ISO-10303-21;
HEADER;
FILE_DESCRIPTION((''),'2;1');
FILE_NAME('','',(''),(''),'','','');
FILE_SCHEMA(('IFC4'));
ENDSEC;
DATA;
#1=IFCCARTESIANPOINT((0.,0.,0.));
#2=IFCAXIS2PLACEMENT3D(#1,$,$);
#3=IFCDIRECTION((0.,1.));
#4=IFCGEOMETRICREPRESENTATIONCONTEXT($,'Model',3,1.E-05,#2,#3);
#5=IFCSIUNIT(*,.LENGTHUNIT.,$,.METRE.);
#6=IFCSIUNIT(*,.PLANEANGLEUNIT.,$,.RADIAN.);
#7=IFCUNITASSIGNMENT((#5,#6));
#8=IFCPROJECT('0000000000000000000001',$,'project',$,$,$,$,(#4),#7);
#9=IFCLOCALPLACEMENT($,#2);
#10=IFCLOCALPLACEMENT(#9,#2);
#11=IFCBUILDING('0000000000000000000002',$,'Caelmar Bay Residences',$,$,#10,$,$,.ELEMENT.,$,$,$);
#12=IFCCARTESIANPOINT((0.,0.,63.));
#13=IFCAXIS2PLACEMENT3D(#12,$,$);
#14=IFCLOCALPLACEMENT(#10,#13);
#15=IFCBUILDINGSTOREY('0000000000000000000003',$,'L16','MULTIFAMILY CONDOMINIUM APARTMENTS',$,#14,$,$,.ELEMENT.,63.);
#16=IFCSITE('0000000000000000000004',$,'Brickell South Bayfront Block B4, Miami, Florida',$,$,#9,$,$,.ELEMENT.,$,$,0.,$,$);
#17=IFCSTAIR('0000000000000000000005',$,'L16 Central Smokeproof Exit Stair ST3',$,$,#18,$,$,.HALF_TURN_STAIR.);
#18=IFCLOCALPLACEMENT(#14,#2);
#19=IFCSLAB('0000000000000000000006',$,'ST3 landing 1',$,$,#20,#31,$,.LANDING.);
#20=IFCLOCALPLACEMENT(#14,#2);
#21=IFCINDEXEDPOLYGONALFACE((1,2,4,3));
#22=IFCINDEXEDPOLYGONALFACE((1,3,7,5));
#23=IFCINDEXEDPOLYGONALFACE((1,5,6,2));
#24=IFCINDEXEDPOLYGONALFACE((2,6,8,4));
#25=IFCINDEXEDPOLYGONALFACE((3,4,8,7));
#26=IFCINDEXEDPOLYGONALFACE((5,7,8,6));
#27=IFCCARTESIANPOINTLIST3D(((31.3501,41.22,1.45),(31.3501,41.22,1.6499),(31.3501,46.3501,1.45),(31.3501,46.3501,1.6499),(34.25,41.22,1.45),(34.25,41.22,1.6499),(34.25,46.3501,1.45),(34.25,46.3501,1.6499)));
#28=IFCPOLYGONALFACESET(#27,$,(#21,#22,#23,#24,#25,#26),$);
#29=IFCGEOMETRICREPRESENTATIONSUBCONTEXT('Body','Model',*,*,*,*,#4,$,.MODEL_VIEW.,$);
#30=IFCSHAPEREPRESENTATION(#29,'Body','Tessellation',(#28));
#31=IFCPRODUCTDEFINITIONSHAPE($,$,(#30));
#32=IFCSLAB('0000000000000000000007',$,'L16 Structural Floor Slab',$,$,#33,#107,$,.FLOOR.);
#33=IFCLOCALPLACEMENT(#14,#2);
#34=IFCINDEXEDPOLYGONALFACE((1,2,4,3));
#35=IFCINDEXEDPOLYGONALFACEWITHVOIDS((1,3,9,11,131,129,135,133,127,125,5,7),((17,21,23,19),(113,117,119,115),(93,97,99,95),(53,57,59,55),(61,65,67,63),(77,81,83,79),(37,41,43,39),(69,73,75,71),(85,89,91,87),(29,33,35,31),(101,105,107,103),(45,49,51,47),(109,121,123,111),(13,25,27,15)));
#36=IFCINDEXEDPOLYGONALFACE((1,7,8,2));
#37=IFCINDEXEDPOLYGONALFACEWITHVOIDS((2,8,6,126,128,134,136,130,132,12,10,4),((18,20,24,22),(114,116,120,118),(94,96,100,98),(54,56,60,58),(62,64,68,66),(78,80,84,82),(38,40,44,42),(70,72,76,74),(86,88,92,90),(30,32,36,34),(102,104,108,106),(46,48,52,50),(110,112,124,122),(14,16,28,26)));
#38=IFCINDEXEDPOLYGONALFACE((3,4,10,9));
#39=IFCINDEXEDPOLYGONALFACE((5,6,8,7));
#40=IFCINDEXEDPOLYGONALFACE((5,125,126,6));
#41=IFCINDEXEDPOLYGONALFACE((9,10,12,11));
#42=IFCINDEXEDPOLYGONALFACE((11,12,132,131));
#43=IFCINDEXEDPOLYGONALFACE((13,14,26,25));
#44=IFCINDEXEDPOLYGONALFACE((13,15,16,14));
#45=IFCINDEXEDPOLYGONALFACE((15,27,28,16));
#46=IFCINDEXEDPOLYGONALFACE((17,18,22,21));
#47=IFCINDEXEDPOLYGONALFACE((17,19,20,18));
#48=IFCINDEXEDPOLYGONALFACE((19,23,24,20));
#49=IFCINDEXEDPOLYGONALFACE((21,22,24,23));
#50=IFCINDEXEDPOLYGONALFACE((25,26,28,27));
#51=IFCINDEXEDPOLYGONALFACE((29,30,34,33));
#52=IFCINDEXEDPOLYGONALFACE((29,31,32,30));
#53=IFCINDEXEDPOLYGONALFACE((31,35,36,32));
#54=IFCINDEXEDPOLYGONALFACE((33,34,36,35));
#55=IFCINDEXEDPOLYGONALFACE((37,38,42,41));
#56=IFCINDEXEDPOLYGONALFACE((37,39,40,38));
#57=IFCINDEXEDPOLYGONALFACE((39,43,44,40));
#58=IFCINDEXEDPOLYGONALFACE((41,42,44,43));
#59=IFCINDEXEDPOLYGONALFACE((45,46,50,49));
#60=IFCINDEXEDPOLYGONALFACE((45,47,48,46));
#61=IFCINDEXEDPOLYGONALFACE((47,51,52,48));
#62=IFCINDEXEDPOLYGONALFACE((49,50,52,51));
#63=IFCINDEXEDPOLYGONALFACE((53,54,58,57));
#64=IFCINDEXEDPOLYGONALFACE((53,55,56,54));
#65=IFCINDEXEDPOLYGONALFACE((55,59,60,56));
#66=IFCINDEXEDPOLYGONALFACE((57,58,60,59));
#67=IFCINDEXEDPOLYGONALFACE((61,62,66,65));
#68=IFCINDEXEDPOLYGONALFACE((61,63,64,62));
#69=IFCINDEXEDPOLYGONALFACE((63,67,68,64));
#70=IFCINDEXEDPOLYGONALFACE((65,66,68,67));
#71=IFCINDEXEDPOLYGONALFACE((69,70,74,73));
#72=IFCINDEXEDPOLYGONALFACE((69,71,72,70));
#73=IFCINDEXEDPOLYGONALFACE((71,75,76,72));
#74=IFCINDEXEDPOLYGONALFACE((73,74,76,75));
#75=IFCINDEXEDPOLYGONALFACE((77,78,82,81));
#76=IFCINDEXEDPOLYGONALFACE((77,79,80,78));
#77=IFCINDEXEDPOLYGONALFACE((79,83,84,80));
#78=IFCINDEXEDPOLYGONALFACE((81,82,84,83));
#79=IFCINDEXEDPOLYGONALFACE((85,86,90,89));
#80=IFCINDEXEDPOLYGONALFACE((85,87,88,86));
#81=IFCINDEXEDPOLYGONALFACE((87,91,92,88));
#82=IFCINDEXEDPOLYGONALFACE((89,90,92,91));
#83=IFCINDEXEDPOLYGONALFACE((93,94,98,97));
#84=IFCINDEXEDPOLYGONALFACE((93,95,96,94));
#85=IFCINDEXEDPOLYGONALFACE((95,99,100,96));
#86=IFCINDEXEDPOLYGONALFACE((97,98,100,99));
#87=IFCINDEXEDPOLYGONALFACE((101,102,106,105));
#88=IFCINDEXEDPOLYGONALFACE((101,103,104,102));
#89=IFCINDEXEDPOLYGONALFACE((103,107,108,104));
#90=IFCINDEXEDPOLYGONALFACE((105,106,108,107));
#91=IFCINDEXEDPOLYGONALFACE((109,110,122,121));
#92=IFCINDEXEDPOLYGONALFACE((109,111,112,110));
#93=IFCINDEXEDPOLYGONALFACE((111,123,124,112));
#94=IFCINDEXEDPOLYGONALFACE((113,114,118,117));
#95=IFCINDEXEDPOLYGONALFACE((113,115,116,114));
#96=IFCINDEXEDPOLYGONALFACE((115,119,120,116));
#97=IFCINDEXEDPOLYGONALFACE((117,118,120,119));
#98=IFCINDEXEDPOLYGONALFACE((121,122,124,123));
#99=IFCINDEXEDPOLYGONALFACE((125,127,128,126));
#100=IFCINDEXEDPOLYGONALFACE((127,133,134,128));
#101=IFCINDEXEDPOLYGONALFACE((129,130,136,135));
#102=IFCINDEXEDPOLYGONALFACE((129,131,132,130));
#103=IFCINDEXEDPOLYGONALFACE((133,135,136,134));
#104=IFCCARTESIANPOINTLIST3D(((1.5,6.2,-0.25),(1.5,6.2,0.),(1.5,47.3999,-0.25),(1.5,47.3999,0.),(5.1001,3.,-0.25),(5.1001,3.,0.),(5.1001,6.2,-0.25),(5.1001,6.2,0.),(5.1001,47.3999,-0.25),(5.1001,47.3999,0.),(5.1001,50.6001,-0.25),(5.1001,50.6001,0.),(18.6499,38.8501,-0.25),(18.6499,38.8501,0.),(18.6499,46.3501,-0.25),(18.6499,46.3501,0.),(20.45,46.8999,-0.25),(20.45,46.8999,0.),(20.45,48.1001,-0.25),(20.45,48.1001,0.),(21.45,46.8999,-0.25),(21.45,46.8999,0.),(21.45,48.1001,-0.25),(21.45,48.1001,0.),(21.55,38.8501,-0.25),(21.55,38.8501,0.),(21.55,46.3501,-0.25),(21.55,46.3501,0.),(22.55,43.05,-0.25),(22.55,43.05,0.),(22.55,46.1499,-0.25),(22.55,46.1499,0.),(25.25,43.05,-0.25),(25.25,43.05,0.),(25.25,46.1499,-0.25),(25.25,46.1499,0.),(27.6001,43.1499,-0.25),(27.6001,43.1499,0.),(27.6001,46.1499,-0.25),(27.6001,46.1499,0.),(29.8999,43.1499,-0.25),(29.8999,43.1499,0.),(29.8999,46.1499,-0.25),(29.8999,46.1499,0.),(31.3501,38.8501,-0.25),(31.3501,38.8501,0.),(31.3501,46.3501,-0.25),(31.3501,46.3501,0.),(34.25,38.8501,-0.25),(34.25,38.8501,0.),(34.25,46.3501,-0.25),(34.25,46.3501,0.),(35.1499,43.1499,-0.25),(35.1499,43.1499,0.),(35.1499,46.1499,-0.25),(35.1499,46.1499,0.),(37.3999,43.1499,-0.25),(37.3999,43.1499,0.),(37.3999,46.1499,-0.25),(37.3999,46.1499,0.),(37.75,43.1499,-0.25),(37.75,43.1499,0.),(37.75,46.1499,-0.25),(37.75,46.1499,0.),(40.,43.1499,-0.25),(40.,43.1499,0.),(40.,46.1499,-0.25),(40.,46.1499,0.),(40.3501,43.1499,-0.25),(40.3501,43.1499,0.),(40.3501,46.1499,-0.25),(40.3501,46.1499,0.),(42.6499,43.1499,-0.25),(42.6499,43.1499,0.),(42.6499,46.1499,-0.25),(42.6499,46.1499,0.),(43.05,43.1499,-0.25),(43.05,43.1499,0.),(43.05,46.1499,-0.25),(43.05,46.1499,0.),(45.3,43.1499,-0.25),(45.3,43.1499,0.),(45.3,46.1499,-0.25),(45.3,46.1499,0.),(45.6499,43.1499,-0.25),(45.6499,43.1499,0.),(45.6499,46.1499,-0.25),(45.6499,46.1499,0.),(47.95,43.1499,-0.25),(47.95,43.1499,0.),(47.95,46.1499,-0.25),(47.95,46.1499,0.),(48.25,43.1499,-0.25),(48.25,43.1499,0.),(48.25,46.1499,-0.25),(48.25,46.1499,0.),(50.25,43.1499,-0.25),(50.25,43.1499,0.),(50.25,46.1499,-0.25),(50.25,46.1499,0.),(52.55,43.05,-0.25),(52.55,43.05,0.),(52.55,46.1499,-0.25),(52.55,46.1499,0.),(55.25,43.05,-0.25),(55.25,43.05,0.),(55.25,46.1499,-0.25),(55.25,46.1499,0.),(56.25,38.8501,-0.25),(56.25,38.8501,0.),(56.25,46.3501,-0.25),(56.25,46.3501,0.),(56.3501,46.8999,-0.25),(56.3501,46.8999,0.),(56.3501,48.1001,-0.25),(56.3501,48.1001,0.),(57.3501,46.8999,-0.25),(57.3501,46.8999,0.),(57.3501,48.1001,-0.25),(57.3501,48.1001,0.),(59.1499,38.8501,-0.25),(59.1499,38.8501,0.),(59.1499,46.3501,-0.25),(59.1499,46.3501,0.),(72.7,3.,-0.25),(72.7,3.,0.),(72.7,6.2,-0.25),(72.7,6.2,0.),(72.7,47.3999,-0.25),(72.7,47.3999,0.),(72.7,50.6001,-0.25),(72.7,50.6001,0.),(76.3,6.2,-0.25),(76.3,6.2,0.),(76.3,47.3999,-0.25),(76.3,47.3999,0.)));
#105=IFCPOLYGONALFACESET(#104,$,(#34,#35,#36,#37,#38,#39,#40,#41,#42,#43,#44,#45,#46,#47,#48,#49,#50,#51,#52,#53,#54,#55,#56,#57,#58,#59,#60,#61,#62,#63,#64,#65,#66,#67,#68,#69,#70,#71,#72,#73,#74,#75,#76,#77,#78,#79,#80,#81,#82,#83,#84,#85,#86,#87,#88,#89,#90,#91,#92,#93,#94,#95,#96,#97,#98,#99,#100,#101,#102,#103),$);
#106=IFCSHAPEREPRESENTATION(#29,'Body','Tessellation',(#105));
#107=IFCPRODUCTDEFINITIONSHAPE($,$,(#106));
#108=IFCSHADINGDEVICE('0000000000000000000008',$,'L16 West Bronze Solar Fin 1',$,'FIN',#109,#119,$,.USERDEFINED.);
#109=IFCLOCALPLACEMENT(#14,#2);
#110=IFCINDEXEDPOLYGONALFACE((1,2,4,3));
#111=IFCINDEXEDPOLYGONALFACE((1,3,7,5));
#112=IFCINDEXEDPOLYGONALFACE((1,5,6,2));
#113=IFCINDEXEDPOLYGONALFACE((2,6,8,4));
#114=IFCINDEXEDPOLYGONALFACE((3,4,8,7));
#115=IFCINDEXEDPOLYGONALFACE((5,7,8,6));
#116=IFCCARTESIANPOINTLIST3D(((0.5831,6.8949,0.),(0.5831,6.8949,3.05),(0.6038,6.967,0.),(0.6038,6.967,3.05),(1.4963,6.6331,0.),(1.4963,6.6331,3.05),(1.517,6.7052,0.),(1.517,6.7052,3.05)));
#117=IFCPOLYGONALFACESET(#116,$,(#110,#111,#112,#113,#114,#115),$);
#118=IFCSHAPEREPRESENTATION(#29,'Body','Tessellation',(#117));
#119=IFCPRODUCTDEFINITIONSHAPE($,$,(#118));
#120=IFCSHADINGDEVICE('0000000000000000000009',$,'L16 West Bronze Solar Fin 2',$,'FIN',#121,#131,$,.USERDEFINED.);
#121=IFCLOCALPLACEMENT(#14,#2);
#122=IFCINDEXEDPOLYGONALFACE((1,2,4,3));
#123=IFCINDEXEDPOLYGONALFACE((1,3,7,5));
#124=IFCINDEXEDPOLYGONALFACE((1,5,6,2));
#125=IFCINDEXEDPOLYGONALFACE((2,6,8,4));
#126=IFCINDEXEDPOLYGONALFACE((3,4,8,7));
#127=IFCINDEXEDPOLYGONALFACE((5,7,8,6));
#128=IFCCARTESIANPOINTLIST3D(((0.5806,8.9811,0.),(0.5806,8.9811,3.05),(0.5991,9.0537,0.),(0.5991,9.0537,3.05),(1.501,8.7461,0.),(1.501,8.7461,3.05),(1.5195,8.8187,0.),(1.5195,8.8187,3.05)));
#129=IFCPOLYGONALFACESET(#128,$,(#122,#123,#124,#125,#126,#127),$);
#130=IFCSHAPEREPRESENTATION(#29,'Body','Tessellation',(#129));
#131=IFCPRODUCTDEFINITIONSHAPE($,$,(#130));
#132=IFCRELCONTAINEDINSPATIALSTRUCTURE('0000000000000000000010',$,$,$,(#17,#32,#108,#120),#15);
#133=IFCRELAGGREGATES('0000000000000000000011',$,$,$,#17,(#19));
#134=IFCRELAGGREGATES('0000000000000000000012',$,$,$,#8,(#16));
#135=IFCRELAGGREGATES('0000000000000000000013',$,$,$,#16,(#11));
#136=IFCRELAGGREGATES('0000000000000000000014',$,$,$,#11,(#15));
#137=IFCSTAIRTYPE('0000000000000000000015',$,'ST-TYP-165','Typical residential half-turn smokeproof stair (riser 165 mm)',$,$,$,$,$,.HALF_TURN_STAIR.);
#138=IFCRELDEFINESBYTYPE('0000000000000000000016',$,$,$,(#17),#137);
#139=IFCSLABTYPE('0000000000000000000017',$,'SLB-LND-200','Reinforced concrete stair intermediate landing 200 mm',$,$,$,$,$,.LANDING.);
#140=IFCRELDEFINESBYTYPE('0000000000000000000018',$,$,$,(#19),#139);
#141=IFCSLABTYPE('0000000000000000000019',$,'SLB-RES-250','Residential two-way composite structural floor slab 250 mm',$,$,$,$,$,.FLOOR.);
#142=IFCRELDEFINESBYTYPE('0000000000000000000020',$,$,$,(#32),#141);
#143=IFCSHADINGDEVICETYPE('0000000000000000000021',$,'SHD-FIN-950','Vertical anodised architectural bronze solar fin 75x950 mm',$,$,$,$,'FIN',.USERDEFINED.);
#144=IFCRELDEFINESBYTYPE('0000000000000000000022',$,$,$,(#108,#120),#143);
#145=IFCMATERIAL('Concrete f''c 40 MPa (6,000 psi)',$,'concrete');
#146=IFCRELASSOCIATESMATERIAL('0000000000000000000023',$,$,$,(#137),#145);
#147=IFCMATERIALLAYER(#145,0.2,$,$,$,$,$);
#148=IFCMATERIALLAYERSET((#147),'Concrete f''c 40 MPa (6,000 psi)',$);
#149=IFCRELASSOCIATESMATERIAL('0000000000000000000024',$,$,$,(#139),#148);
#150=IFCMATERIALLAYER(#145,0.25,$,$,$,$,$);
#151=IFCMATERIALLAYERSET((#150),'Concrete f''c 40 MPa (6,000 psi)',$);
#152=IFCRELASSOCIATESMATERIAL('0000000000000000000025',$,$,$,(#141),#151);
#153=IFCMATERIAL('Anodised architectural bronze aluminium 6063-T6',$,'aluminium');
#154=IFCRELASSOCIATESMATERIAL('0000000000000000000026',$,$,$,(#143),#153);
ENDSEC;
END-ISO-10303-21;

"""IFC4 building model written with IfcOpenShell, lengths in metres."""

from ifc_helpers import new_model, si_unit, direction, frame, origin, origin_2d, place, context, subcontext, project, spatial, polyline, rectangle, outline, extrude, material, layer, layer_set, material_profile, profile_set, type_object, element, aggregate, save


model = new_model("IFC4")

# Units and contexts
model_context = context("Model", 3, precision=1e-05, world=origin(), true_north=direction((0.0, 1.0)))
body_context = subcontext(model_context, "Body", "Model", "MODEL_VIEW")
ifc_project = project(units=[si_unit("LENGTHUNIT", "METRE"), si_unit("PLANEANGLEUNIT", "RADIAN")], contexts=[model_context])

# Site, building, storey
site_placement = place(None, origin())
site = spatial("IfcSite", under=ifc_project, at=site_placement, Name="Brickell South Bayfront Block B4, Miami, Florida", CompositionType="ELEMENT", RefElevation=0.0)
building_placement = place(site_placement, origin())
building = spatial("IfcBuilding", under=site, at=building_placement, Name="Caelmar Bay Residences", CompositionType="ELEMENT")
storey_placement = place(building_placement, frame((0.0, 0.0, 63.0)))
storey = spatial("IfcBuildingStorey", under=building, at=storey_placement, Name="L16", Description="MULTIFAMILY CONDOMINIUM APARTMENTS", CompositionType="ELEMENT", Elevation=63.0)

# Shared definitions
ifc_material_1 = material(Name="Concrete f'c 40 MPa (6,000 psi)", Category="concrete")

# Stair, slab
stair_type = type_object("IfcStairType", Name="ST-TYP-165", Description="Typical residential half-turn smokeproof stair (riser 165 mm)", PredefinedType="HALF_TURN_STAIR", material=ifc_material_1)
ifc_layer_1 = layer(ifc_material_1, 0.2)
ifc_layer_set_1 = layer_set([ifc_layer_1], Name="Concrete f'c 40 MPa (6,000 psi)")
slab_type_1 = type_object("IfcSlabType", Name="SLB-LND-200", Description="Reinforced concrete stair intermediate landing 200 mm", PredefinedType="LANDING", material=ifc_layer_set_1)
stair_1_placement = place(storey_placement, origin())
stair_1 = element("IfcStair", 1, at=stair_1_placement, inside=storey, type_object=stair_type, Name="L16 Central Smokeproof Exit Stair ST3", PredefinedType="HALF_TURN_STAIR")
slab_1_placement = place(storey_placement, frame((0.0, 0.0, 1.45)))
slab_1 = element("IfcSlab", 2, at=slab_1_placement, type_object=slab_type_1, Name="ST3 landing 1", PredefinedType="LANDING", context=body_context, shape_type="SweptSolid", body=[
    extrude(outline(polyline([(34.25, 41.22), (34.25, 46.3501), (31.3501, 46.3501), (31.3501, 41.22), (34.25, 41.22)])), origin(), (0.0, 0.0, 1.0), 0.2),
])
aggregate(stair_1, [slab_1])

# Slab
ifc_layer_2 = layer(ifc_material_1, 0.25)
ifc_layer_set_2 = layer_set([ifc_layer_2], Name="Concrete f'c 40 MPa (6,000 psi)")
slab_type_2 = type_object("IfcSlabType", Name="SLB-RES-250", Description="Residential two-way composite structural floor slab 250 mm", PredefinedType="FLOOR", material=ifc_layer_set_2)
slab_2_placement = place(storey_placement, frame((0.0, 0.0, -0.25)))
element("IfcSlab", 3, at=slab_2_placement, inside=storey, type_object=slab_type_2, Name="L16 Structural Floor Slab", PredefinedType="FLOOR", context=body_context, shape_type="SweptSolid", body=[
    extrude(outline(polyline([(5.1001, 3.0), (72.7, 3.0), (72.7, 6.2), (76.3, 6.2), (76.3, 47.3999), (72.7, 47.3999), (72.7, 50.6001), (5.1001, 50.6001), (5.1001, 47.3999), (1.5, 47.3999), (1.5, 6.2), (5.1001, 6.2), (5.1001, 3.0)]), holes=[polyline([(18.6499, 38.8501), (21.55, 38.8501), (21.55, 46.3501), (18.6499, 46.3501), (18.6499, 38.8501)]), polyline([(56.25, 38.8501), (59.1499, 38.8501), (59.1499, 46.3501), (56.25, 46.3501), (56.25, 38.8501)]), polyline([(31.3501, 38.8501), (34.25, 38.8501), (34.25, 46.3501), (31.3501, 46.3501), (31.3501, 38.8501)]), polyline([(22.55, 43.05), (25.25, 43.05), (25.25, 46.1499), (22.55, 46.1499), (22.55, 43.05)]), polyline([(52.55, 43.05), (55.25, 43.05), (55.25, 46.1499), (52.55, 46.1499), (52.55, 43.05)]), polyline([(35.1499, 43.1499), (37.3999, 43.1499), (37.3999, 46.1499), (35.1499, 46.1499), (35.1499, 43.1499)]), polyline([(37.75, 43.1499), (40.0, 43.1499), (40.0, 46.1499), (37.75, 46.1499), (37.75, 43.1499)]), polyline([(40.3501, 43.1499), (42.6499, 43.1499), (42.6499, 46.1499), (40.3501, 46.1499), (40.3501, 43.1499)]), polyline([(43.05, 43.1499), (45.3, 43.1499), (45.3, 46.1499), (43.05, 46.1499), (43.05, 43.1499)]), polyline([(45.6499, 43.1499), (47.95, 43.1499), (47.95, 46.1499), (45.6499, 46.1499), (45.6499, 43.1499)]), polyline([(48.25, 43.1499), (50.25, 43.1499), (50.25, 46.1499), (48.25, 46.1499), (48.25, 43.1499)]), polyline([(27.6001, 43.1499), (29.8999, 43.1499), (29.8999, 46.1499), (27.6001, 46.1499), (27.6001, 43.1499)]), polyline([(20.45, 46.8999), (21.45, 46.8999), (21.45, 48.1001), (20.45, 48.1001), (20.45, 46.8999)]), polyline([(56.3501, 46.8999), (57.3501, 46.8999), (57.3501, 48.1001), (56.3501, 48.1001), (56.3501, 46.8999)])]), origin(), (0.0, 0.0, 1.0), 0.25),
])

# Shading devices
ifc_material_2 = material(Name="Anodised architectural bronze aluminium 6063-T6", Category="aluminium")
ifc_material_profile_1 = material_profile(ifc_material_2, rectangle(XDim=0.075, YDim=0.95, at=origin_2d()), Name="BRONZE-FIN-75X950")
ifc_profile_set_1 = profile_set([ifc_material_profile_1], Name="Anodised architectural bronze aluminium 6063-T6")
shading_device_type = type_object("IfcShadingDeviceType", Name="SHD-FIN-950", Description="Vertical anodised architectural bronze solar fin 75x950 mm", ElementType="FIN", PredefinedType="USERDEFINED", material=ifc_profile_set_1)
for number, where, z_axis, x_axis, name in (
    (4, (1.05, 6.8, 0.0), (0.0, 0.0, 1.0), (0.275637, 0.961262, 0.0), "L16 West Bronze Solar Fin 1"),
    (5, (1.05, 8.8999, 0.0), (0.0, 0.0, 1.0), (0.247337, 0.968929, 0.0), "L16 West Bronze Solar Fin 2"),
):
    element("IfcShadingDevice", number, at=place(storey_placement, frame(where, z_axis=z_axis, x_axis=x_axis)), inside=storey, type_object=shading_device_type, Name=name, ObjectType="FIN", PredefinedType="USERDEFINED", context=body_context, shape_type="SweptSolid", body=[
        extrude(rectangle(XDim=0.075, YDim=0.95, at=origin_2d()), origin(), (0.0, 0.0, 1.0), 3.05),
    ])

save(model, "model.ifc")
